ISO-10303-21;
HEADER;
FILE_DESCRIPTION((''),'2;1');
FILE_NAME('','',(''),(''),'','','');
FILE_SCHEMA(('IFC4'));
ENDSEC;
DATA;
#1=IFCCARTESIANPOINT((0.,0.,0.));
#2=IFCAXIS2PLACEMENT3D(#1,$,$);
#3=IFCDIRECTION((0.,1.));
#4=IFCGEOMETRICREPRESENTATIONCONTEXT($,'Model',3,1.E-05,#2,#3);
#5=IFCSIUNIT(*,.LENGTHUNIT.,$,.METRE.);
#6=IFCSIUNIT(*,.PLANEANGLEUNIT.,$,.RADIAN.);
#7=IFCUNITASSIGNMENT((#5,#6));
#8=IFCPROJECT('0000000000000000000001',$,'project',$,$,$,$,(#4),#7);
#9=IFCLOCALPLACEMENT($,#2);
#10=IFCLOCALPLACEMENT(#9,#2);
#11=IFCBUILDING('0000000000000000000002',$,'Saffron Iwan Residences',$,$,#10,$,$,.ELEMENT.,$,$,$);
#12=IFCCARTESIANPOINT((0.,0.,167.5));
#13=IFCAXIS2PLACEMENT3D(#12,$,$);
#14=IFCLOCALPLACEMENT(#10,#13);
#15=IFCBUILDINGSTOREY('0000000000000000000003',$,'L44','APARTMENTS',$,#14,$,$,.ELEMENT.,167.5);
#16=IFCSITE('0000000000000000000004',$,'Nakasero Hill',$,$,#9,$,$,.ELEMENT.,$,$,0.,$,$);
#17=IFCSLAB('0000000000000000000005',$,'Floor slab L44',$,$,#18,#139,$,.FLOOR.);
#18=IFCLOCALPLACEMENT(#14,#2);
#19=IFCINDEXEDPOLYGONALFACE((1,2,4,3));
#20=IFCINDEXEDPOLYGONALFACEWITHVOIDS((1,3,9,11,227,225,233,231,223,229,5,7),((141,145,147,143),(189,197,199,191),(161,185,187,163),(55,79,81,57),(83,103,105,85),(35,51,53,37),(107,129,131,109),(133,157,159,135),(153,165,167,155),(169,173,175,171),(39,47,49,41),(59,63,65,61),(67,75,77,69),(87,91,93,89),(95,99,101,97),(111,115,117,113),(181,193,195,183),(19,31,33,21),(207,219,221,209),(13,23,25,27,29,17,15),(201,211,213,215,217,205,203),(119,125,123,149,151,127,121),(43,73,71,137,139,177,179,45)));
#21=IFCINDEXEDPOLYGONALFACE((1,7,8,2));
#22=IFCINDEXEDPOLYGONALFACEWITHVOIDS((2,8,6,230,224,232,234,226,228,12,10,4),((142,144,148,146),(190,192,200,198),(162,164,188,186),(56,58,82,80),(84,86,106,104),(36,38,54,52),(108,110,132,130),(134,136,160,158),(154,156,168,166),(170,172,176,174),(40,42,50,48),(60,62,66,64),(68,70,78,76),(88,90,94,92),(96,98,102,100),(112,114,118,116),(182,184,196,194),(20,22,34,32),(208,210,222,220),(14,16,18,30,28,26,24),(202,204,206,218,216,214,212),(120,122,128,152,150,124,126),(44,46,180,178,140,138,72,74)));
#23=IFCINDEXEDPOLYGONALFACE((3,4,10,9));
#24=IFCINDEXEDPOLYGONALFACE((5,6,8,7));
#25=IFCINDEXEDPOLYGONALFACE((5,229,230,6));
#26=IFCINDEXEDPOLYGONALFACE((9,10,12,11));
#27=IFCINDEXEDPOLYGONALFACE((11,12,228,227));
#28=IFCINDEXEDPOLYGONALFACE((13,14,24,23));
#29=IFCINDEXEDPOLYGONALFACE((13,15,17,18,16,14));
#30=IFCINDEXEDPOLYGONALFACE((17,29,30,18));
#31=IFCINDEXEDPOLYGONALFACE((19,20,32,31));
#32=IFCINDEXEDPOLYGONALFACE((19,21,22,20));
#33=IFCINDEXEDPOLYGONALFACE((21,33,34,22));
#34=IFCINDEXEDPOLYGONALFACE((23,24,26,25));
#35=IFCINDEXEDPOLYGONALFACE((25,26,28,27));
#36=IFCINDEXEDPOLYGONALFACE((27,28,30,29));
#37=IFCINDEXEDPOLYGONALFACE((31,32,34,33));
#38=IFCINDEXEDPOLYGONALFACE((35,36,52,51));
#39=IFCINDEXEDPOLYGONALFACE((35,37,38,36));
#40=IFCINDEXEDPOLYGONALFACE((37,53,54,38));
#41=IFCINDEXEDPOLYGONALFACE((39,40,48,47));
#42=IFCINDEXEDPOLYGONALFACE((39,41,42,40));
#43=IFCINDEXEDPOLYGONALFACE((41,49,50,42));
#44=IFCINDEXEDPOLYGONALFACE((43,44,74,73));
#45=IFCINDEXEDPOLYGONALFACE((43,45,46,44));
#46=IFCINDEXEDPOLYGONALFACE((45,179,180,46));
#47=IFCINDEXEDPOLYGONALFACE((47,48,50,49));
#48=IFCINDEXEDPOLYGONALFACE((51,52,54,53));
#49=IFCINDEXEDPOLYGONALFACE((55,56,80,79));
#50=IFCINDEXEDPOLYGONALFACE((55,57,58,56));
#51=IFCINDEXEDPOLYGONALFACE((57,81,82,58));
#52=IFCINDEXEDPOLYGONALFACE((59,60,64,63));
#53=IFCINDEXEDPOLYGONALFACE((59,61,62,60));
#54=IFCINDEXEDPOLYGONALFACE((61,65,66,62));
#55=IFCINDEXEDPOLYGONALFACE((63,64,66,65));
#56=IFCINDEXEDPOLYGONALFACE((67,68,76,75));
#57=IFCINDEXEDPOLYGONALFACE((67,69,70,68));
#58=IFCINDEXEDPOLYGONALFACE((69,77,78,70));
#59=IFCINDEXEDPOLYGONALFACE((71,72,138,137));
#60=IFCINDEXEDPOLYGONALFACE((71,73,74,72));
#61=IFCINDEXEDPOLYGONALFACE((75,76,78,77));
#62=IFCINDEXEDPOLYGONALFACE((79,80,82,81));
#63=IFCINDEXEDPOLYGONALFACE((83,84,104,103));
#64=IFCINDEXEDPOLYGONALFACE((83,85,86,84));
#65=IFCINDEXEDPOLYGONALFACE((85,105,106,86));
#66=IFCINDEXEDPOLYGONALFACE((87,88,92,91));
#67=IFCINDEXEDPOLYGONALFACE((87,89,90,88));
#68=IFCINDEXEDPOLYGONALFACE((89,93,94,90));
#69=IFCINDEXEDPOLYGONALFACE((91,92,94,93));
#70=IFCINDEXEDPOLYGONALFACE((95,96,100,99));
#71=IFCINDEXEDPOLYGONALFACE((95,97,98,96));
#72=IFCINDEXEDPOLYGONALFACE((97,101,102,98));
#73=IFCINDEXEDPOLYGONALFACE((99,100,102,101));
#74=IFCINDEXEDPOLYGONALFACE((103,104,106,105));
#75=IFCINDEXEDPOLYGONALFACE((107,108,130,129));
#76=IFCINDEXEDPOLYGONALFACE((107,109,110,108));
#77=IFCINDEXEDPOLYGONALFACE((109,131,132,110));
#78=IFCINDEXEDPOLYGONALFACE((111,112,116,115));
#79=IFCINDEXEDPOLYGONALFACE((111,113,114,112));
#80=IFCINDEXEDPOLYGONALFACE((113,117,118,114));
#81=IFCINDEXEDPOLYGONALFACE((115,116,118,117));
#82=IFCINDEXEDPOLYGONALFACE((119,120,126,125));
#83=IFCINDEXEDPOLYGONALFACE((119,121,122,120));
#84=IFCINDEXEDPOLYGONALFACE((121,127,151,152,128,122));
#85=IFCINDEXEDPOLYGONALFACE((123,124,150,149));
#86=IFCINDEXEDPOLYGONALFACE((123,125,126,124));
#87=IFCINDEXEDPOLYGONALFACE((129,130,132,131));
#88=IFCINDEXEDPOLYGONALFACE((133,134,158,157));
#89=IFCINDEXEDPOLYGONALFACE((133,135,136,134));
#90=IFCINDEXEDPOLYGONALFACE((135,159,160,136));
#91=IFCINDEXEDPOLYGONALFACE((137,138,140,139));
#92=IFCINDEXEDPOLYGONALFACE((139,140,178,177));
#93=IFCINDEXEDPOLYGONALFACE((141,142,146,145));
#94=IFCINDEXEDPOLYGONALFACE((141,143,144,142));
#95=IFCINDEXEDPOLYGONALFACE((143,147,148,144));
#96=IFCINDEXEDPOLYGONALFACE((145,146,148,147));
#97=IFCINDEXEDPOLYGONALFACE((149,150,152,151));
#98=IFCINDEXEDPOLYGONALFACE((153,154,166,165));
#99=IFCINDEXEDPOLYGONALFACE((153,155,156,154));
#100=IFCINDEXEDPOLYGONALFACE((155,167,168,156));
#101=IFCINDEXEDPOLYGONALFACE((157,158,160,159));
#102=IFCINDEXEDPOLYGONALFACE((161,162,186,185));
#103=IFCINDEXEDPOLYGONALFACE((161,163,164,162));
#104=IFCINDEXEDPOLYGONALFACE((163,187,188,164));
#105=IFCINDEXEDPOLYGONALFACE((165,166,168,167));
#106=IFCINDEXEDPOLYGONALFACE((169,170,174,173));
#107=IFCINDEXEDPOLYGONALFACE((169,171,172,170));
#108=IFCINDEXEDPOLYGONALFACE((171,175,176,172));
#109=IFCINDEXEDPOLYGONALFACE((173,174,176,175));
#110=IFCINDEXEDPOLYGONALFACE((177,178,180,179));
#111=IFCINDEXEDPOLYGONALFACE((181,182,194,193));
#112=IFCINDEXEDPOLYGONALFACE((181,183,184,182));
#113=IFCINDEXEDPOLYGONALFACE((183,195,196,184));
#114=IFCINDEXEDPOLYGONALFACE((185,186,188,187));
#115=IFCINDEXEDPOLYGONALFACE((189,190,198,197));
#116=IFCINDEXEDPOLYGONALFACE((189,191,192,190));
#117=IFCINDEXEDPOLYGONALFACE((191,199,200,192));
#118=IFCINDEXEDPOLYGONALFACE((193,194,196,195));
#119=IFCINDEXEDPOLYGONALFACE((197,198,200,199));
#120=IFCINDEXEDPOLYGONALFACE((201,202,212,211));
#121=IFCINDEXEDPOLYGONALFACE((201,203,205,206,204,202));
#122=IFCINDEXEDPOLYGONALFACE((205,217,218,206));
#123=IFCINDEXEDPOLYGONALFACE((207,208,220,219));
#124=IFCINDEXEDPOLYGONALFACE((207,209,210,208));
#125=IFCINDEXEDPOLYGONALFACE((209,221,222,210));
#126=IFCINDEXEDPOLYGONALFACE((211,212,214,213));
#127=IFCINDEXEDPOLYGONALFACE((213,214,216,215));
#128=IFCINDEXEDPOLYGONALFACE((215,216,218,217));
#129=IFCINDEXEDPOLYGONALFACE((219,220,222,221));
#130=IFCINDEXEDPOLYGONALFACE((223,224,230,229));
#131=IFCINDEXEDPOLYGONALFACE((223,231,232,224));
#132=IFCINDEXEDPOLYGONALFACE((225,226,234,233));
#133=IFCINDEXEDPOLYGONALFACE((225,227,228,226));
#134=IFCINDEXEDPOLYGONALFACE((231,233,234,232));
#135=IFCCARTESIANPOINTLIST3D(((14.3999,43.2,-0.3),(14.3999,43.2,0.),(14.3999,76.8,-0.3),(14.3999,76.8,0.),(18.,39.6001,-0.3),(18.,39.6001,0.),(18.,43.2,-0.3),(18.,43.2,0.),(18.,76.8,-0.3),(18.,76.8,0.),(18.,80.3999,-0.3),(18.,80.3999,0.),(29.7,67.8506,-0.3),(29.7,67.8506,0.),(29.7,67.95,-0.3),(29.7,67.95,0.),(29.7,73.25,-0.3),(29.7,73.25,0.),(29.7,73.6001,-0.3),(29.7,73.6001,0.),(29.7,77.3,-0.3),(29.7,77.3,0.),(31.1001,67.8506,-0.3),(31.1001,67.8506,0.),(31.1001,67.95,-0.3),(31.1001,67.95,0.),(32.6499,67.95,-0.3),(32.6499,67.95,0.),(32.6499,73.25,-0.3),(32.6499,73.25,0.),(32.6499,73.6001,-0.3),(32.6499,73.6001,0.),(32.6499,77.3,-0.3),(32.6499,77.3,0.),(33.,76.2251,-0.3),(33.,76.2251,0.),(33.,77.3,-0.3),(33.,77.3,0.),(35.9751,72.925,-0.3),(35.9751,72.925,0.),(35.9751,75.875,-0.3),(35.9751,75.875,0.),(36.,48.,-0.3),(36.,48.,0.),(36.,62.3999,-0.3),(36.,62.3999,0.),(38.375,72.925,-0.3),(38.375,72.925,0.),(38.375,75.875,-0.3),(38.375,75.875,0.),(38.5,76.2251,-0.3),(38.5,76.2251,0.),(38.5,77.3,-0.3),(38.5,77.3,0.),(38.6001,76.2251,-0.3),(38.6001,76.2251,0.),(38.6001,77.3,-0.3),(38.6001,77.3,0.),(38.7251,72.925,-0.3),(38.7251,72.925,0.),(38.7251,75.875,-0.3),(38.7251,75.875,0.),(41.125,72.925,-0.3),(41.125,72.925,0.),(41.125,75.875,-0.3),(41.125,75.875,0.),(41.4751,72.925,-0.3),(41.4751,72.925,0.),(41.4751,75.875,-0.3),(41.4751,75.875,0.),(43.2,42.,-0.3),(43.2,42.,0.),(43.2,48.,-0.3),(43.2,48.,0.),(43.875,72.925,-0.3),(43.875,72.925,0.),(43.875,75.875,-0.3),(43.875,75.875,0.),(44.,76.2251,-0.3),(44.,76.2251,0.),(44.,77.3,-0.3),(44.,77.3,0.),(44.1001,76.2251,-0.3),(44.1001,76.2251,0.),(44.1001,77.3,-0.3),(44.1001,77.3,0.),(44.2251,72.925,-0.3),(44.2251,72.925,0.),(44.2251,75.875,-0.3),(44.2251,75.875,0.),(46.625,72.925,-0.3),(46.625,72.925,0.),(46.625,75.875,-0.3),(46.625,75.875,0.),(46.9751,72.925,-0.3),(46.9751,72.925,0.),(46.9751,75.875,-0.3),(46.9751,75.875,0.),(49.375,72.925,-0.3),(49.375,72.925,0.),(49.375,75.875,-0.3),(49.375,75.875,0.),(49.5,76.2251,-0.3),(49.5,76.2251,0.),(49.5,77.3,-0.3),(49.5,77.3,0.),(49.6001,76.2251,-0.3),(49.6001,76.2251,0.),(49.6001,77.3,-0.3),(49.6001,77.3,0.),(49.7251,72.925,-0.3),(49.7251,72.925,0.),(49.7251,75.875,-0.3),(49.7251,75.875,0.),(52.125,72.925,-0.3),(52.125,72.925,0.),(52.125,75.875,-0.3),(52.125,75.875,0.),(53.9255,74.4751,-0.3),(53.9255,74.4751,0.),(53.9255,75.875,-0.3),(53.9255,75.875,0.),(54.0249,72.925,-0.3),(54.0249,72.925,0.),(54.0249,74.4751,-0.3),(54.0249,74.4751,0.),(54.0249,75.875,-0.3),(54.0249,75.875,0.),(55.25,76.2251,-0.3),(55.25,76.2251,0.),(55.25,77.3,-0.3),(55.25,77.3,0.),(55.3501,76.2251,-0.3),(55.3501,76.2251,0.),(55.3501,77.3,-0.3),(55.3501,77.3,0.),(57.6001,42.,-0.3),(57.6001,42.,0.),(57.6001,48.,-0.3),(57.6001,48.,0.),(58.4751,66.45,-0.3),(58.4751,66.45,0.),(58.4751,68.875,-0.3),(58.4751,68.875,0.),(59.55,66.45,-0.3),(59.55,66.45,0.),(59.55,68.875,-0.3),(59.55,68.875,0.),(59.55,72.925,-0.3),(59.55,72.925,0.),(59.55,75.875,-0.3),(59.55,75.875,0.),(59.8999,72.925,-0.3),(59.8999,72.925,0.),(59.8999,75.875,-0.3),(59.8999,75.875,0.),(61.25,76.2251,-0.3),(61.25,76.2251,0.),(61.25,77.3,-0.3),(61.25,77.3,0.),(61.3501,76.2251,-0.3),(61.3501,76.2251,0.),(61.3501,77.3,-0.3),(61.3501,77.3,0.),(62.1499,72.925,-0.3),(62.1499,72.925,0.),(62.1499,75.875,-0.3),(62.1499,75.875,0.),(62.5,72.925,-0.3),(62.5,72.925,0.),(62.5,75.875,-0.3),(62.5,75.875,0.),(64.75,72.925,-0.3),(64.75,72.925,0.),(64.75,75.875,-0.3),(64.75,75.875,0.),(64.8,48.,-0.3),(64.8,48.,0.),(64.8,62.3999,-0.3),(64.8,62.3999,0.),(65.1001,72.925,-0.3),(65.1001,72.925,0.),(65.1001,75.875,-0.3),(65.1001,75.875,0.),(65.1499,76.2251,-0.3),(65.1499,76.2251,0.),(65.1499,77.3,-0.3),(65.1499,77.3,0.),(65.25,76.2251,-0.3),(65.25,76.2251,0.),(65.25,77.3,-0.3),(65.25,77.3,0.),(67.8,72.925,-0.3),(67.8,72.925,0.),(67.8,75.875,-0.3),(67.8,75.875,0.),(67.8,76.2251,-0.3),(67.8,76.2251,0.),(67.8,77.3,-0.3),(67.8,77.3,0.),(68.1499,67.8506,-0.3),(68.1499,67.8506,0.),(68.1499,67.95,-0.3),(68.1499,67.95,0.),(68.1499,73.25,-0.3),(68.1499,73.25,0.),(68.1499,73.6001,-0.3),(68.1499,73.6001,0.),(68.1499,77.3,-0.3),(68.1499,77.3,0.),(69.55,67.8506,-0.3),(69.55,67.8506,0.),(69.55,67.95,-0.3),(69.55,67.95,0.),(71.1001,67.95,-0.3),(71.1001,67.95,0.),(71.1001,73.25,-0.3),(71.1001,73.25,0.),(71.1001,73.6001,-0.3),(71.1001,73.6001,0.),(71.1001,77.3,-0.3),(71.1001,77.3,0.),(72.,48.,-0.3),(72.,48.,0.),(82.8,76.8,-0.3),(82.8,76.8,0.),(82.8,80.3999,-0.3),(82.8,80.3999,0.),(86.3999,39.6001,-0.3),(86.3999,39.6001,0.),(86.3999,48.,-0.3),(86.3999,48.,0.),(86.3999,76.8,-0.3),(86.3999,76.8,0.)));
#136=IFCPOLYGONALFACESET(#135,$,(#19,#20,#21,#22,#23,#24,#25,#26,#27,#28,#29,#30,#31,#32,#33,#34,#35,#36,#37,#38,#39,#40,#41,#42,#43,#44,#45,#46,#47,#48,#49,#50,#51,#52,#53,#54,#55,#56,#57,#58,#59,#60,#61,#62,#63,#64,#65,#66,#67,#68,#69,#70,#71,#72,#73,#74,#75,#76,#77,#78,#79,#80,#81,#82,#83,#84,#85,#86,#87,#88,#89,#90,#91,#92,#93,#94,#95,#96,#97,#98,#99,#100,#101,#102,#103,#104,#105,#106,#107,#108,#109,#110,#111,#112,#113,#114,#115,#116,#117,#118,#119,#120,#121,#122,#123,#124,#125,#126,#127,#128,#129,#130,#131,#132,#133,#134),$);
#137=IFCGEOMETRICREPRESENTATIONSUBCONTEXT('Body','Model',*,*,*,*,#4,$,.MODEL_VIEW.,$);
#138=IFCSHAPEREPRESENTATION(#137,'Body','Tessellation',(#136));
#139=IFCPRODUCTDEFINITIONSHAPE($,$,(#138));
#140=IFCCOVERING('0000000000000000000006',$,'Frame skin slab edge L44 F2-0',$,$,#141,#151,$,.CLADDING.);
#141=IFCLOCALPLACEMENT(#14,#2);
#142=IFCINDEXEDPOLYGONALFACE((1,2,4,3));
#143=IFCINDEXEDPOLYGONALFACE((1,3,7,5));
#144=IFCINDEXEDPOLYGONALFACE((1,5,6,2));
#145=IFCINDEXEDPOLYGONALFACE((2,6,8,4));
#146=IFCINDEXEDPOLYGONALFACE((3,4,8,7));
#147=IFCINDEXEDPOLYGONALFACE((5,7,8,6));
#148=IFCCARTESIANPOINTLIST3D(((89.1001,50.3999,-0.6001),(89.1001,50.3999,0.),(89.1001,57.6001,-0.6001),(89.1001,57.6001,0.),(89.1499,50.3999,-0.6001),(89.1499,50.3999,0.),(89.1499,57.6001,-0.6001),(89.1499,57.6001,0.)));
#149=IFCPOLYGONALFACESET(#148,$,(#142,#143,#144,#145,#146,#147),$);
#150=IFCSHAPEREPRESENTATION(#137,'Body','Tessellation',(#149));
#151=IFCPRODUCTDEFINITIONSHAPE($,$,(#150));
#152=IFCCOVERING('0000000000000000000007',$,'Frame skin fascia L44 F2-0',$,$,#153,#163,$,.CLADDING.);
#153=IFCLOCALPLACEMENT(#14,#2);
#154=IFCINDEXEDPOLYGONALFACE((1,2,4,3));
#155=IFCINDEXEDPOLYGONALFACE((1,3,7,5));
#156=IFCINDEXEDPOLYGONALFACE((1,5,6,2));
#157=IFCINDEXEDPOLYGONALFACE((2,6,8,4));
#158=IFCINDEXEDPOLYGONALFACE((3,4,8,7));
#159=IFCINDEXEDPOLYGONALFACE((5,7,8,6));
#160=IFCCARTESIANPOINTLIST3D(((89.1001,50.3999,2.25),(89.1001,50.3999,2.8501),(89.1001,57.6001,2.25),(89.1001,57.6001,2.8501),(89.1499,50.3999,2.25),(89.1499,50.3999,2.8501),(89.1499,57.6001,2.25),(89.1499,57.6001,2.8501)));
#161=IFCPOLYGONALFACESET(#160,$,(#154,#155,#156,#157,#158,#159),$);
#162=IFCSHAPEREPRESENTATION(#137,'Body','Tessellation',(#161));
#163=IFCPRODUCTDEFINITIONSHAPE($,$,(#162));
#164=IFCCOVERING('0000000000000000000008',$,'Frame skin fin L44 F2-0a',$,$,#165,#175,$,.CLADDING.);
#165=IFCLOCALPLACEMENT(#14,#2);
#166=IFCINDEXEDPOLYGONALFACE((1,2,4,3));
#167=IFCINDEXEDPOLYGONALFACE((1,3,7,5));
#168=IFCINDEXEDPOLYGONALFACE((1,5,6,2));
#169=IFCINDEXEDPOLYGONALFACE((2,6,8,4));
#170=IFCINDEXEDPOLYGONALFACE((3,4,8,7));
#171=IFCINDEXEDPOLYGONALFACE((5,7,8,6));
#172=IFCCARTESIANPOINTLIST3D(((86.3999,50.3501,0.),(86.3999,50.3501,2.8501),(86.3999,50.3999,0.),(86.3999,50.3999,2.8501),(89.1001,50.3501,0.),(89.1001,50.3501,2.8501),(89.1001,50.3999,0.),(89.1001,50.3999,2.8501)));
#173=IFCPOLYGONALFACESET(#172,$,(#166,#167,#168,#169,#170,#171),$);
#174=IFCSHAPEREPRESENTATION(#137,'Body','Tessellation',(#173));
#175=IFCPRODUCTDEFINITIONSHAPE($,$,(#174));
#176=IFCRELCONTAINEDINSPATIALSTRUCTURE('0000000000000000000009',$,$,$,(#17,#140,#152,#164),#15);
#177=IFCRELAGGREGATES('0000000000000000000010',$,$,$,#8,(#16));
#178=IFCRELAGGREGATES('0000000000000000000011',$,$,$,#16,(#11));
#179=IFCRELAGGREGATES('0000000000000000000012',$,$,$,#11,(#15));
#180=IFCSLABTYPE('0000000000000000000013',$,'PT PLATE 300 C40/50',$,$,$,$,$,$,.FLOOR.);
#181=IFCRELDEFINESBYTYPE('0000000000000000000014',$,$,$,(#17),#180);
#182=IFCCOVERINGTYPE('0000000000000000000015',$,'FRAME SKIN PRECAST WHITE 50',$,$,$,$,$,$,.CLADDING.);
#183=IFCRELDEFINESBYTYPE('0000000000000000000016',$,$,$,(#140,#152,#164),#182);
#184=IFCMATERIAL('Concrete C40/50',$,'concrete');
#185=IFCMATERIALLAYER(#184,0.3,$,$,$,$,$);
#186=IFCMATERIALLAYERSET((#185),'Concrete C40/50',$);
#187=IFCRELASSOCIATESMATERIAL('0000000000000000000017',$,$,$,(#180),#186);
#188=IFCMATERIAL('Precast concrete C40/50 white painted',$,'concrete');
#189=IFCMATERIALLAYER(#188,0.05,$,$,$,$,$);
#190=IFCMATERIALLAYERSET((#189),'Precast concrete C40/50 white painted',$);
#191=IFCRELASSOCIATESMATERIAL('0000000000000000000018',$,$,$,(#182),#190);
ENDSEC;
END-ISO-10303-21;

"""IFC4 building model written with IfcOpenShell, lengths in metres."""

from ifc_helpers import new_model, si_unit, direction, frame, origin, place, context, subcontext, project, spatial, polyline, outline, extrude, material, layer, layer_set, type_object, element, save


model = new_model("IFC4")

# Units and contexts
model_context = context("Model", 3, precision=1e-05, world=origin(), true_north=direction((0.0, 1.0)))
body_context = subcontext(model_context, "Body", "Model", "MODEL_VIEW")
ifc_project = project(units=[si_unit("LENGTHUNIT", "METRE"), si_unit("PLANEANGLEUNIT", "RADIAN")], contexts=[model_context])

# Site, building, storey
site_placement = place(None, origin())
site = spatial("IfcSite", under=ifc_project, at=site_placement, Name="Nakasero Hill", CompositionType="ELEMENT", RefElevation=0.0)
building_placement = place(site_placement, origin())
building = spatial("IfcBuilding", under=site, at=building_placement, Name="Saffron Iwan Residences", CompositionType="ELEMENT")
storey_placement = place(building_placement, frame((0.0, 0.0, 167.5)))
storey = spatial("IfcBuildingStorey", under=building, at=storey_placement, Name="L44", Description="APARTMENTS", CompositionType="ELEMENT", Elevation=167.5)

# Slab
ifc_material_1 = material(Name="Concrete C40/50", Category="concrete")
ifc_layer_1 = layer(ifc_material_1, 0.3)
ifc_layer_set_1 = layer_set([ifc_layer_1], Name="Concrete C40/50")
slab_type_1 = type_object("IfcSlabType", Name="PT PLATE 300 C40/50", PredefinedType="FLOOR", material=ifc_layer_set_1)
slab_1_placement = place(storey_placement, frame((0.0, 0.0, -0.3)))
element("IfcSlab", 1, at=slab_1_placement, inside=storey, type_object=slab_type_1, Name="Floor slab L44", PredefinedType="FLOOR", context=body_context, shape_type="SweptSolid", body=[
    extrude(outline(polyline([(14.3999, 43.2), (14.3999, 76.8), (18.0, 76.8), (18.0, 80.3999), (82.8, 80.3999), (82.8, 76.8), (86.3999, 76.8), (86.3999, 48.0), (72.0, 48.0), (86.3999, 39.6001), (18.0, 39.6001), (18.0, 43.2), (14.3999, 43.2)]), holes=[polyline([(64.8, 48.0), (64.8, 62.3999), (36.0, 62.3999), (36.0, 48.0), (43.2, 48.0), (43.2, 42.0), (57.6001, 42.0), (57.6001, 48.0), (64.8, 48.0)]), polyline([(29.7, 73.25), (29.7, 67.95), (29.7, 67.8506), (31.1001, 67.8506), (31.1001, 67.95), (32.6499, 67.95), (32.6499, 73.25), (29.7, 73.25)]), polyline([(38.375, 75.875), (35.9751, 75.875), (35.9751, 72.925), (38.375, 72.925), (38.375, 75.875)]), polyline([(41.125, 75.875), (38.7251, 75.875), (38.7251, 72.925), (41.125, 72.925), (41.125, 75.875)]), polyline([(43.875, 72.925), (43.875, 75.875), (41.4751, 75.875), (41.4751, 72.925), (43.875, 72.925)]), polyline([(46.625, 72.925), (46.625, 75.875), (44.2251, 75.875), (44.2251, 72.925), (46.625, 72.925)]), polyline([(49.375, 75.875), (46.9751, 75.875), (46.9751, 72.925), (49.375, 72.925), (49.375, 75.875)]), polyline([(52.125, 72.925), (52.125, 75.875), (49.7251, 75.875), (49.7251, 72.925), (52.125, 72.925)]), polyline([(32.6499, 73.6001), (32.6499, 77.3), (29.7, 77.3), (29.7, 73.6001), (32.6499, 73.6001)]), polyline([(38.5, 77.3), (33.0, 77.3), (33.0, 76.2251), (38.5, 76.2251), (38.5, 77.3)]), polyline([(44.0, 76.2251), (44.0, 77.3), (38.6001, 77.3), (38.6001, 76.2251), (44.0, 76.2251)]), polyline([(49.5, 76.2251), (49.5, 77.3), (44.1001, 77.3), (44.1001, 76.2251), (49.5, 76.2251)]), polyline([(59.55, 68.875), (58.4751, 68.875), (58.4751, 66.45), (59.55, 66.45), (59.55, 68.875)]), polyline([(68.1499, 73.25), (68.1499, 67.95), (68.1499, 67.8506), (69.55, 67.8506), (69.55, 67.95), (71.1001, 67.95), (71.1001, 73.25), (68.1499, 73.25)]), polyline([(54.0249, 74.4751), (54.0249, 72.925), (59.55, 72.925), (59.55, 75.875), (54.0249, 75.875), (53.9255, 75.875), (53.9255, 74.4751), (54.0249, 74.4751)]), polyline([(62.1499, 72.925), (62.1499, 75.875), (59.8999, 75.875), (59.8999, 72.925), (62.1499, 72.925)]), polyline([(64.75, 72.925), (64.75, 75.875), (62.5, 75.875), (62.5, 72.925), (64.75, 72.925)]), polyline([(67.8, 75.875), (65.1001, 75.875), (65.1001, 72.925), (67.8, 72.925), (67.8, 75.875)]), polyline([(71.1001, 73.6001), (71.1001, 77.3), (68.1499, 77.3), (68.1499, 73.6001), (71.1001, 73.6001)]), polyline([(55.25, 76.2251), (55.25, 77.3), (49.6001, 77.3), (49.6001, 76.2251), (55.25, 76.2251)]), polyline([(61.25, 77.3), (55.3501, 77.3), (55.3501, 76.2251), (61.25, 76.2251), (61.25, 77.3)]), polyline([(65.1499, 76.2251), (65.1499, 77.3), (61.3501, 77.3), (61.3501, 76.2251), (65.1499, 76.2251)]), polyline([(67.8, 76.2251), (67.8, 77.3), (65.25, 77.3), (65.25, 76.2251), (67.8, 76.2251)])]), origin(), (0.0, 0.0, 1.0), 0.3),
])

# Coverings
ifc_material_2 = material(Name="Precast concrete C40/50 white painted", Category="concrete")
ifc_layer_2 = layer(ifc_material_2, 0.05)
ifc_layer_set_2 = layer_set([ifc_layer_2], Name="Precast concrete C40/50 white painted")
covering_type_1 = type_object("IfcCoveringType", Name="FRAME SKIN PRECAST WHITE 50", PredefinedType="CLADDING", material=ifc_layer_set_2)
for number, where, name in (
    (2, (0.0, 0.0, -0.6001), "Frame skin slab edge L44 F2-0"),
    (3, (0.0, 0.0, 2.25), "Frame skin fascia L44 F2-0"),
):
    element("IfcCovering", number, at=place(storey_placement, frame(where)), inside=storey, type_object=covering_type_1, Name=name, PredefinedType="CLADDING", context=body_context, shape_type="SweptSolid", body=[
        extrude(outline(polyline([(89.1499, 50.3999), (89.1499, 57.6001), (89.1001, 57.6001), (89.1001, 50.3999), (89.1499, 50.3999)])), origin(), (0.0, 0.0, 1.0), 0.6001),
    ])
covering_1_placement = place(storey_placement, origin())
element("IfcCovering", 4, at=covering_1_placement, inside=storey, type_object=covering_type_1, Name="Frame skin fin L44 F2-0a", PredefinedType="CLADDING", context=body_context, shape_type="SweptSolid", body=[
    extrude(outline(polyline([(89.1001, 50.3501), (89.1001, 50.3999), (86.3999, 50.3999), (86.3999, 50.3501), (89.1001, 50.3501)])), origin(), (0.0, 0.0, 1.0), 2.8501),
])

save(model, "model.ifc")
